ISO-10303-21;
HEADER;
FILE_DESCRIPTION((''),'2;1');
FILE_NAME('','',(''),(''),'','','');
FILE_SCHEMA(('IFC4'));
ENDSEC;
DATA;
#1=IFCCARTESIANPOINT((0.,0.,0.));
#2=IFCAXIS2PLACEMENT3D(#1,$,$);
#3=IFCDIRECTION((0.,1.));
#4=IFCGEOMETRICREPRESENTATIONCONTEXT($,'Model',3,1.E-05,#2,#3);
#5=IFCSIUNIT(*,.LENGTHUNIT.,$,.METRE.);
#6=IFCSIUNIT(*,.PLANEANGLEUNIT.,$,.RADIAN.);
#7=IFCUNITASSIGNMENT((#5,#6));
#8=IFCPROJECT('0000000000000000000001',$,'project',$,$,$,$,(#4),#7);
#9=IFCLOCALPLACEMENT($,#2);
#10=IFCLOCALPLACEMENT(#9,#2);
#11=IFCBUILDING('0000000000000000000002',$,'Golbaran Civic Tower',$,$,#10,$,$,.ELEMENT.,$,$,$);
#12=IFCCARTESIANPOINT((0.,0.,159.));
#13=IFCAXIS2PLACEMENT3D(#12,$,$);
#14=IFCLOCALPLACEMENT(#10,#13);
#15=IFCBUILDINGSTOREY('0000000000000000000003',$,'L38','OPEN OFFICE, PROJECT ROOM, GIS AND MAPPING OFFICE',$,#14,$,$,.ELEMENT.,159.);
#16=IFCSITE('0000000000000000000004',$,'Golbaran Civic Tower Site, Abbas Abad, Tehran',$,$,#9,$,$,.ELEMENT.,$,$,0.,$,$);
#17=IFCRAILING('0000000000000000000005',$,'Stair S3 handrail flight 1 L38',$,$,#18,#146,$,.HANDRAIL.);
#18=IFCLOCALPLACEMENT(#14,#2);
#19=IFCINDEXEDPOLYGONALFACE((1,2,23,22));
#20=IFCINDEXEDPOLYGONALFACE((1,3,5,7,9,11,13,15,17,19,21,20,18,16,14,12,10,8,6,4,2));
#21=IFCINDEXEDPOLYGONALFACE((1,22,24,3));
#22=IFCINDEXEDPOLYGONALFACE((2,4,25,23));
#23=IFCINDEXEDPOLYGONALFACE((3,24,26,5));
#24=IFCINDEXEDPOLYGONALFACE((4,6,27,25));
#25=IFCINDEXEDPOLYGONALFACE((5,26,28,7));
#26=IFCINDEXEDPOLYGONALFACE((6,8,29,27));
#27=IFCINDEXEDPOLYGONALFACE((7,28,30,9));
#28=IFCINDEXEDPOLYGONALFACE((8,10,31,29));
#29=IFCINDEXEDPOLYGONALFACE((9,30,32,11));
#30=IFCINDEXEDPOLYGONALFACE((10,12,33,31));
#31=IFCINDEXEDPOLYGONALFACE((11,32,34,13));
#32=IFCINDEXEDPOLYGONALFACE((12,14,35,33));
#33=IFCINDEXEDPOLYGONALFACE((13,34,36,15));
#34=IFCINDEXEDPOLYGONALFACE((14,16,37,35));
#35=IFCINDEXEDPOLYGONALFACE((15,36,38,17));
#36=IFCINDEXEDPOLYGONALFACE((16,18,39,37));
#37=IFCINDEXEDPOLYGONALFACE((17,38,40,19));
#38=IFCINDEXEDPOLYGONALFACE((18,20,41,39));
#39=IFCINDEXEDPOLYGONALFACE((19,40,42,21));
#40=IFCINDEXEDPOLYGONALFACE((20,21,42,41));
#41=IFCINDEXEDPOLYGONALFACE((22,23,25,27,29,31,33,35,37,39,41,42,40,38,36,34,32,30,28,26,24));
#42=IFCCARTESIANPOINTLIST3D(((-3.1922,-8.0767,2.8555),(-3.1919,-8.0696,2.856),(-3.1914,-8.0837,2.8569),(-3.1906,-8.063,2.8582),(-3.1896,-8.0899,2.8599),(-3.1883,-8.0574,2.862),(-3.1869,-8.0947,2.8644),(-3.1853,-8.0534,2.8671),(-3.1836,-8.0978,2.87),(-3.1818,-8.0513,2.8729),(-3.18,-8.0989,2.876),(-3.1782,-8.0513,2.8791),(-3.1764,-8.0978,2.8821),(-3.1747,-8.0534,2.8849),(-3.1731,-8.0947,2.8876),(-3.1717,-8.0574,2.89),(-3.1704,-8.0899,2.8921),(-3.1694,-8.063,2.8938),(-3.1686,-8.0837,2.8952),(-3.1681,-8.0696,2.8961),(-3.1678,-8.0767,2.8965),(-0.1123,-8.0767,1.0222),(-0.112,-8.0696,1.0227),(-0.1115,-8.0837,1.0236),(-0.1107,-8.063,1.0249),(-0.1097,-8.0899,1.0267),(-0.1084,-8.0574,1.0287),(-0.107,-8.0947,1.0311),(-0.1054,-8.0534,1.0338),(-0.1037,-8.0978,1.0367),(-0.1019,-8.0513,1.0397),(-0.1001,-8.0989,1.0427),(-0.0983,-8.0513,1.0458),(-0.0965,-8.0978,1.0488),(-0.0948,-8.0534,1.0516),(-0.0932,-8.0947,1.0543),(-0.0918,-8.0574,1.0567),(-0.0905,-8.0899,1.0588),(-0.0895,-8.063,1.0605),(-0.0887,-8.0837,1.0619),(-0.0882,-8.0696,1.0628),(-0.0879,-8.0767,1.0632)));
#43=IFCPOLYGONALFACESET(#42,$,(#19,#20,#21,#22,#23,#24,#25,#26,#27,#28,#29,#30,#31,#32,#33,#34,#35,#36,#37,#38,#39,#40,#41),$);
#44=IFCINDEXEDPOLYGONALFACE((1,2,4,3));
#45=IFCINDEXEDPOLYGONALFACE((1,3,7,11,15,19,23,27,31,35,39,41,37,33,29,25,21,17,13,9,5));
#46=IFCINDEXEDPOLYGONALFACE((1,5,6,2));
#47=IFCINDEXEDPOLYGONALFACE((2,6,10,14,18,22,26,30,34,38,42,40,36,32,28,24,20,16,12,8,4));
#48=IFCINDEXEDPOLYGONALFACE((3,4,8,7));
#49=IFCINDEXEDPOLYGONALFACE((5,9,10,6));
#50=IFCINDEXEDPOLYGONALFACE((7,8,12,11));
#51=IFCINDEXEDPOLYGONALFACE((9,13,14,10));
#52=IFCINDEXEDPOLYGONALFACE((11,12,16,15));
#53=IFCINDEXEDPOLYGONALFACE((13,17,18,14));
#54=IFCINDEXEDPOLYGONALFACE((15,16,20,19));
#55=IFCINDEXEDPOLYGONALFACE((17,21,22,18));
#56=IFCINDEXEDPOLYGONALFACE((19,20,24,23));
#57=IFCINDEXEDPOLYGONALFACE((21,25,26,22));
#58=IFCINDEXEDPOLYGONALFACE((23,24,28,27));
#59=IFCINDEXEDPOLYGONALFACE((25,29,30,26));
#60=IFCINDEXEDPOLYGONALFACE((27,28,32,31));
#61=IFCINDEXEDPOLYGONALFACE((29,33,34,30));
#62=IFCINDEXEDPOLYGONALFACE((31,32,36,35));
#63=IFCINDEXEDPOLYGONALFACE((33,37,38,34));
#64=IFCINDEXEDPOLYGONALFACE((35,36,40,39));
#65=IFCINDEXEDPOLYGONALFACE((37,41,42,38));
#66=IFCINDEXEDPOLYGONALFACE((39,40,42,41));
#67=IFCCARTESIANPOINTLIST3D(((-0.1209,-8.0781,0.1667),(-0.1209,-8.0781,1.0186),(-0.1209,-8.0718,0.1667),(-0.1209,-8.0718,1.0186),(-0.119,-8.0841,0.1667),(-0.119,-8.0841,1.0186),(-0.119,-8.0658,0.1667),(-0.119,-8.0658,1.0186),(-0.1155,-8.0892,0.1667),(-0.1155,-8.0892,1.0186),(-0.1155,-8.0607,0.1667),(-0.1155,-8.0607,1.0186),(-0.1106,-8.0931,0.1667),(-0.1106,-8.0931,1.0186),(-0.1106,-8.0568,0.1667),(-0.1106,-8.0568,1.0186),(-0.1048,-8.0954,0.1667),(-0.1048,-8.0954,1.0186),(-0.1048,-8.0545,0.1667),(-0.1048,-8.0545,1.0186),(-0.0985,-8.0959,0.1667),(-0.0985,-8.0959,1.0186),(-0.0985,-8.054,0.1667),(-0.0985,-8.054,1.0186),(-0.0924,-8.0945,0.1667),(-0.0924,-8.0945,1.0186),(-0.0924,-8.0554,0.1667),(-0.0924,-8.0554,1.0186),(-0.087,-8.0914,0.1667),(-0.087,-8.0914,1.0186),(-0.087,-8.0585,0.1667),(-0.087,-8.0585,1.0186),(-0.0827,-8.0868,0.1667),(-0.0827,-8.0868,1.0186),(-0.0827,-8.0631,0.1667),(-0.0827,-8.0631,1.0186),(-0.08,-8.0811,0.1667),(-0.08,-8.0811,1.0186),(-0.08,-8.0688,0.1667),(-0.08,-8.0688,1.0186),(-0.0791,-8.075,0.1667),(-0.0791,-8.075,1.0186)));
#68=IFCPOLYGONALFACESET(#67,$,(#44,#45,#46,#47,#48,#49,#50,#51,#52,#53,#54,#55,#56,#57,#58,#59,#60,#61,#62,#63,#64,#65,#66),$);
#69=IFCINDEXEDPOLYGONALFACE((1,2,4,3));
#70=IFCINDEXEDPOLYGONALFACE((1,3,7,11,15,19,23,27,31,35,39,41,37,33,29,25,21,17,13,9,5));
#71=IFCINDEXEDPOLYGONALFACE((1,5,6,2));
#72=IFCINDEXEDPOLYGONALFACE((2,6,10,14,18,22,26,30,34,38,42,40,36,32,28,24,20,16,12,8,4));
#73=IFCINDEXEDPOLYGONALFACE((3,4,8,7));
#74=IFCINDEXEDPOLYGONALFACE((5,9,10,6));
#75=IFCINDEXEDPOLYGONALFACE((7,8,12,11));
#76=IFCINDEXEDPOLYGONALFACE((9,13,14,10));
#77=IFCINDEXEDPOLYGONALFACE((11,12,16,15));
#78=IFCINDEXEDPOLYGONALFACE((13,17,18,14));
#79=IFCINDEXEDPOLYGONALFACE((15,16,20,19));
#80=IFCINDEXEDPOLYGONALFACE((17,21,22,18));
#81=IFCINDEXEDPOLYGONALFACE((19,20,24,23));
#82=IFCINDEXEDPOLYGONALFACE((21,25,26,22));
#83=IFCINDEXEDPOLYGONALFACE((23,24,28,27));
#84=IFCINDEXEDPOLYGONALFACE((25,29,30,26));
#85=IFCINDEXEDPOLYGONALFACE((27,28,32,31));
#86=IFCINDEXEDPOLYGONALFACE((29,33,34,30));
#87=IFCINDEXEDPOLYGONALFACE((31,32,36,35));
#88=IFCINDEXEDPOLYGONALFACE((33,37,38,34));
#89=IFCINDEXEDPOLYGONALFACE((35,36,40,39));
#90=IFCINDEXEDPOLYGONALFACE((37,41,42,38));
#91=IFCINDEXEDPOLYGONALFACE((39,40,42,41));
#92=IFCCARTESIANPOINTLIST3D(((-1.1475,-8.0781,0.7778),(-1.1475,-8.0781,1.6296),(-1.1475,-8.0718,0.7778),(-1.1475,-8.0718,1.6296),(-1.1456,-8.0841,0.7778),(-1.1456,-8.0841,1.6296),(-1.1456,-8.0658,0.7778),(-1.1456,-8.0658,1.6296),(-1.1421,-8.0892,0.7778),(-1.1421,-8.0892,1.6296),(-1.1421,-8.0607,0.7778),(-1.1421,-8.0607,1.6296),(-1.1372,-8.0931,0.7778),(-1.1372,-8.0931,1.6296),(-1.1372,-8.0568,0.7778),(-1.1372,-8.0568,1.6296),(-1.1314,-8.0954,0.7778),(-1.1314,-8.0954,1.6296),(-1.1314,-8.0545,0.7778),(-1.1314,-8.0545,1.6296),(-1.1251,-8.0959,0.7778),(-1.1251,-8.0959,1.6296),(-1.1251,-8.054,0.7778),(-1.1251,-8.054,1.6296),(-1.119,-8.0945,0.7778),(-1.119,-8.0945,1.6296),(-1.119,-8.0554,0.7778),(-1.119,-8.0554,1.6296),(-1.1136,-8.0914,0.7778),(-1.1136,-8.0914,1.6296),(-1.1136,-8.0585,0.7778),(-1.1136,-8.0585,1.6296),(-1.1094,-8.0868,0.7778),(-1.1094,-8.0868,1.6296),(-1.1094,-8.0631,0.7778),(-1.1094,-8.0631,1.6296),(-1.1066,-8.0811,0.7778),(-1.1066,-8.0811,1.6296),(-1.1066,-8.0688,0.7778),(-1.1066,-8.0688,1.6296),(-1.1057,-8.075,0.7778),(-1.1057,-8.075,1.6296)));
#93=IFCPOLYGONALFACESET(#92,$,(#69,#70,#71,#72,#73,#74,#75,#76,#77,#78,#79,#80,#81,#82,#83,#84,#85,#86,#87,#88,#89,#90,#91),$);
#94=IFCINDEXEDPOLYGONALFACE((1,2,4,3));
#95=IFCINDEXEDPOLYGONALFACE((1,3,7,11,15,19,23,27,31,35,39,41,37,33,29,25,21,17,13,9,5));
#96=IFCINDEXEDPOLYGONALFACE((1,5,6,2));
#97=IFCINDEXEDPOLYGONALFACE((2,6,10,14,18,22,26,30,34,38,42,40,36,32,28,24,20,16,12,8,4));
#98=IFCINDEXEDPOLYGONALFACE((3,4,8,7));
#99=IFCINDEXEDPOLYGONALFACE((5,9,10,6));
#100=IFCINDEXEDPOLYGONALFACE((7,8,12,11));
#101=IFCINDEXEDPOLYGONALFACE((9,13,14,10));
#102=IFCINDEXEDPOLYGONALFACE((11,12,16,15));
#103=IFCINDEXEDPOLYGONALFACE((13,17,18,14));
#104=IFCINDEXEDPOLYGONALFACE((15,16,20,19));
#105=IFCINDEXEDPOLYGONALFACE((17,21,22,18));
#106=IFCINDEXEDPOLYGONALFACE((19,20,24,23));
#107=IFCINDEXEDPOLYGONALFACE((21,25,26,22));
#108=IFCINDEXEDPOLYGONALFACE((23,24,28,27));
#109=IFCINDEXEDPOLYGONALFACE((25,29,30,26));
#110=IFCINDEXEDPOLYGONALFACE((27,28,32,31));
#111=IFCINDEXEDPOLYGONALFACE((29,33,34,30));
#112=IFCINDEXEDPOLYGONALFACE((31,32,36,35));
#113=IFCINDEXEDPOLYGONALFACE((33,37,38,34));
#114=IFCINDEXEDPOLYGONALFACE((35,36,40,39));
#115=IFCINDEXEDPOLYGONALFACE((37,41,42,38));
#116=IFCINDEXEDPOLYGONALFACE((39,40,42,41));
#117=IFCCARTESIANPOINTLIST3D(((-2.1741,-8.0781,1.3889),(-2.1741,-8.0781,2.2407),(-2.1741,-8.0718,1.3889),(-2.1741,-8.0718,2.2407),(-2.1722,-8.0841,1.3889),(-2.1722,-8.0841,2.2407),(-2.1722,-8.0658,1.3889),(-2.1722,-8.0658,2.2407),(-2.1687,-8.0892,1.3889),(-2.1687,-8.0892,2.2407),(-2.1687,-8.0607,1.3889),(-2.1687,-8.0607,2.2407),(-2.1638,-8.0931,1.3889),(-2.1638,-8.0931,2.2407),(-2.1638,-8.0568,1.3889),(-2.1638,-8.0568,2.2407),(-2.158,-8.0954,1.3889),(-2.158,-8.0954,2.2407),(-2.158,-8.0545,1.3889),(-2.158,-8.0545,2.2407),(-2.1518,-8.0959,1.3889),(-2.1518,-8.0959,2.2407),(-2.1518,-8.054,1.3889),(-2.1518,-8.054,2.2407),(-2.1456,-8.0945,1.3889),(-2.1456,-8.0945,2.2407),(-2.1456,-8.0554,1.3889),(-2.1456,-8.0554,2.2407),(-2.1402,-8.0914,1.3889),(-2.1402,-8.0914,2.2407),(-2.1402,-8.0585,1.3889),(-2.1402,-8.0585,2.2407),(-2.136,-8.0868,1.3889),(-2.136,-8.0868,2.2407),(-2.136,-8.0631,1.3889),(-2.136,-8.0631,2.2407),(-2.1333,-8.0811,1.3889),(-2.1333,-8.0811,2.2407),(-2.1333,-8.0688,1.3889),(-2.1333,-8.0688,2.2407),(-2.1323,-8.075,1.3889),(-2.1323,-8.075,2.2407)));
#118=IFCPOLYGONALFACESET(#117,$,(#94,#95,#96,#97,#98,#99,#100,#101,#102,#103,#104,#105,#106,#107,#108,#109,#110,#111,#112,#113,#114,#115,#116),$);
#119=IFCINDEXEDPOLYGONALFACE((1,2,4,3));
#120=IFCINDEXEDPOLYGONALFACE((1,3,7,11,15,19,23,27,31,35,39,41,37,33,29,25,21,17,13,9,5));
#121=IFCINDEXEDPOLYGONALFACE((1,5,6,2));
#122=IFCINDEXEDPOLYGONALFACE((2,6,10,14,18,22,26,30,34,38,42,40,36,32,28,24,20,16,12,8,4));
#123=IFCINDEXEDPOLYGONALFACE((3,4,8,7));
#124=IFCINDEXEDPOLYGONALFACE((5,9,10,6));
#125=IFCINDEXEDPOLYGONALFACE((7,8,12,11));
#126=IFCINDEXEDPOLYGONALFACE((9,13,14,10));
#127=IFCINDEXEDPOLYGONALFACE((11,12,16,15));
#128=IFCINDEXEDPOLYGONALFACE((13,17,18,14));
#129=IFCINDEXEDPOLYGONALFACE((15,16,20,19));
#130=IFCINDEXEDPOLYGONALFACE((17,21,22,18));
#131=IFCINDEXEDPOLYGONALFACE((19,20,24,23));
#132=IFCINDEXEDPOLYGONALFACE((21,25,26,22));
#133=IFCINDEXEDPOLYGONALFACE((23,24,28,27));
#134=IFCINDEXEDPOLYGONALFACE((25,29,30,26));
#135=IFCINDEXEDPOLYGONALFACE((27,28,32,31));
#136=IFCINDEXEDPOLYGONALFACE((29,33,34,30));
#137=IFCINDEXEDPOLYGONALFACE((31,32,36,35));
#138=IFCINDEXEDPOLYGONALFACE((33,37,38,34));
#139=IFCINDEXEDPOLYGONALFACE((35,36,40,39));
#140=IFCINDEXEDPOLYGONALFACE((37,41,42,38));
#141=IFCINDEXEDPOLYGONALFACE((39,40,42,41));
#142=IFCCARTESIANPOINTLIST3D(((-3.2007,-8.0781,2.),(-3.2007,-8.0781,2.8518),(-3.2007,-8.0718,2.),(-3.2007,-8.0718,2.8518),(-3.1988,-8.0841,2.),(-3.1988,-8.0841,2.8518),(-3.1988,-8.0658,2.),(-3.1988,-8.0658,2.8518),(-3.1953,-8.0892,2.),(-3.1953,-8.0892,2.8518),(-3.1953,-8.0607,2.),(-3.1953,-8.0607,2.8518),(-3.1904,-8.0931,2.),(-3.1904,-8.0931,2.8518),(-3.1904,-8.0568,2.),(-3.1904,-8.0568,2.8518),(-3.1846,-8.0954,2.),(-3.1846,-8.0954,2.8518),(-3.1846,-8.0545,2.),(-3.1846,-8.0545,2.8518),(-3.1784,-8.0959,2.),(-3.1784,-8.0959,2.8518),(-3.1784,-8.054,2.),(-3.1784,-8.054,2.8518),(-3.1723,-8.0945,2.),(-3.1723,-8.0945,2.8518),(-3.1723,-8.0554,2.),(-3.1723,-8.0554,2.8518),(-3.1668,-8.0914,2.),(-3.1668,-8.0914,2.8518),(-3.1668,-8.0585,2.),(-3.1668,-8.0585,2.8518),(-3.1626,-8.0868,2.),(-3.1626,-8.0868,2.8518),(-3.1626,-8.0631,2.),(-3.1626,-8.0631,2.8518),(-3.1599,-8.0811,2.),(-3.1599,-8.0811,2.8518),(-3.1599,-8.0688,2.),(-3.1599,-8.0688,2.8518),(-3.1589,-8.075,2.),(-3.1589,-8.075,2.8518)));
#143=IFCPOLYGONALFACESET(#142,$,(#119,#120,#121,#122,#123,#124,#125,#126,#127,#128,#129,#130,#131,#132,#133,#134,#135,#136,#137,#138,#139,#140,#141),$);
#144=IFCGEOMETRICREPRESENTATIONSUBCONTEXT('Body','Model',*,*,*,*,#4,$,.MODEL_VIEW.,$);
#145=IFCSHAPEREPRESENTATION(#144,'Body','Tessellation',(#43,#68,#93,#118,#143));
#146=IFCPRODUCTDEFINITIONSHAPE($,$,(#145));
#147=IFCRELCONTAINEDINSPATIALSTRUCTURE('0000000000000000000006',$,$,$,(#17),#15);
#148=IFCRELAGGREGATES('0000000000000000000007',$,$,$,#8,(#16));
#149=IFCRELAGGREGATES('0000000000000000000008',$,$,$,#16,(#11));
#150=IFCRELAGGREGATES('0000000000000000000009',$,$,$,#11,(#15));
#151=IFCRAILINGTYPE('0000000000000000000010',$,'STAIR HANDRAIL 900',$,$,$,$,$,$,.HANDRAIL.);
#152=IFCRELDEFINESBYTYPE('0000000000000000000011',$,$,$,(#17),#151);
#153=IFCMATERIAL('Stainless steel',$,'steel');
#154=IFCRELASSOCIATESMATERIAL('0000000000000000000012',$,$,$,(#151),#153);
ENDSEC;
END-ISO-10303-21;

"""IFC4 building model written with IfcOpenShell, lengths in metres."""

from ifc_helpers import new_model, si_unit, direction, frame, origin, origin_2d, place, context, subcontext, project, spatial, circle, extrude, material, type_object, element, save


model = new_model("IFC4")

# Units and contexts
model_context = context("Model", 3, precision=1e-05, world=origin(), true_north=direction((0.0, 1.0)))
body_context = subcontext(model_context, "Body", "Model", "MODEL_VIEW")
ifc_project = project(units=[si_unit("LENGTHUNIT", "METRE"), si_unit("PLANEANGLEUNIT", "RADIAN")], contexts=[model_context])

# Site, building, storey
site_placement = place(None, origin())
site = spatial("IfcSite", under=ifc_project, at=site_placement, Name="Golbaran Civic Tower Site, Abbas Abad, Tehran", CompositionType="ELEMENT", RefElevation=0.0)
building_placement = place(site_placement, origin())
building = spatial("IfcBuilding", under=site, at=building_placement, Name="Golbaran Civic Tower", CompositionType="ELEMENT")
storey_placement = place(building_placement, frame((0.0, 0.0, 159.0)))
storey = spatial("IfcBuildingStorey", under=building, at=storey_placement, Name="L38", Description="OPEN OFFICE, PROJECT ROOM, GIS AND MAPPING OFFICE", CompositionType="ELEMENT", Elevation=159.0)

# Railing
ifc_material_1 = material(Name="Stainless steel", Category="steel")
railing_type = type_object("IfcRailingType", Name="STAIR HANDRAIL 900", PredefinedType="HANDRAIL", material=ifc_material_1)
railing_placement = place(storey_placement, frame((-0.1001, -8.075, 0.1667)))
element("IfcRailing", 1, at=railing_placement, inside=storey, type_object=railing_type, Name="Stair S3 handrail flight 1 L38", PredefinedType="HANDRAIL", context=body_context, shape_type="SweptSolid", body=[
    extrude(circle(Radius=0.0239, at=origin_2d()), frame((0.0, 0.0, 0.876), z_axis=(-0.859291, 0.0, 0.511487), x_axis=(0.0, -1.0, 0.0)), (0.0, 0.0, 1.0), 3.5842),
    extrude(circle(Radius=0.021, at=origin_2d()), origin(), (0.0, 0.0, 1.0), 0.8518),
    extrude(circle(Radius=0.021, at=origin_2d()), frame((-1.0266, 0.0, 0.6111)), (0.0, 0.0, 1.0), 0.8518),
    extrude(circle(Radius=0.021, at=origin_2d()), frame((-2.0532, 0.0, 1.2222)), (0.0, 0.0, 1.0), 0.8518),
    extrude(circle(Radius=0.021, at=origin_2d()), frame((-3.0798, 0.0, 1.8333)), (0.0, 0.0, 1.0), 0.8518),
])

save(model, "model.ifc")
